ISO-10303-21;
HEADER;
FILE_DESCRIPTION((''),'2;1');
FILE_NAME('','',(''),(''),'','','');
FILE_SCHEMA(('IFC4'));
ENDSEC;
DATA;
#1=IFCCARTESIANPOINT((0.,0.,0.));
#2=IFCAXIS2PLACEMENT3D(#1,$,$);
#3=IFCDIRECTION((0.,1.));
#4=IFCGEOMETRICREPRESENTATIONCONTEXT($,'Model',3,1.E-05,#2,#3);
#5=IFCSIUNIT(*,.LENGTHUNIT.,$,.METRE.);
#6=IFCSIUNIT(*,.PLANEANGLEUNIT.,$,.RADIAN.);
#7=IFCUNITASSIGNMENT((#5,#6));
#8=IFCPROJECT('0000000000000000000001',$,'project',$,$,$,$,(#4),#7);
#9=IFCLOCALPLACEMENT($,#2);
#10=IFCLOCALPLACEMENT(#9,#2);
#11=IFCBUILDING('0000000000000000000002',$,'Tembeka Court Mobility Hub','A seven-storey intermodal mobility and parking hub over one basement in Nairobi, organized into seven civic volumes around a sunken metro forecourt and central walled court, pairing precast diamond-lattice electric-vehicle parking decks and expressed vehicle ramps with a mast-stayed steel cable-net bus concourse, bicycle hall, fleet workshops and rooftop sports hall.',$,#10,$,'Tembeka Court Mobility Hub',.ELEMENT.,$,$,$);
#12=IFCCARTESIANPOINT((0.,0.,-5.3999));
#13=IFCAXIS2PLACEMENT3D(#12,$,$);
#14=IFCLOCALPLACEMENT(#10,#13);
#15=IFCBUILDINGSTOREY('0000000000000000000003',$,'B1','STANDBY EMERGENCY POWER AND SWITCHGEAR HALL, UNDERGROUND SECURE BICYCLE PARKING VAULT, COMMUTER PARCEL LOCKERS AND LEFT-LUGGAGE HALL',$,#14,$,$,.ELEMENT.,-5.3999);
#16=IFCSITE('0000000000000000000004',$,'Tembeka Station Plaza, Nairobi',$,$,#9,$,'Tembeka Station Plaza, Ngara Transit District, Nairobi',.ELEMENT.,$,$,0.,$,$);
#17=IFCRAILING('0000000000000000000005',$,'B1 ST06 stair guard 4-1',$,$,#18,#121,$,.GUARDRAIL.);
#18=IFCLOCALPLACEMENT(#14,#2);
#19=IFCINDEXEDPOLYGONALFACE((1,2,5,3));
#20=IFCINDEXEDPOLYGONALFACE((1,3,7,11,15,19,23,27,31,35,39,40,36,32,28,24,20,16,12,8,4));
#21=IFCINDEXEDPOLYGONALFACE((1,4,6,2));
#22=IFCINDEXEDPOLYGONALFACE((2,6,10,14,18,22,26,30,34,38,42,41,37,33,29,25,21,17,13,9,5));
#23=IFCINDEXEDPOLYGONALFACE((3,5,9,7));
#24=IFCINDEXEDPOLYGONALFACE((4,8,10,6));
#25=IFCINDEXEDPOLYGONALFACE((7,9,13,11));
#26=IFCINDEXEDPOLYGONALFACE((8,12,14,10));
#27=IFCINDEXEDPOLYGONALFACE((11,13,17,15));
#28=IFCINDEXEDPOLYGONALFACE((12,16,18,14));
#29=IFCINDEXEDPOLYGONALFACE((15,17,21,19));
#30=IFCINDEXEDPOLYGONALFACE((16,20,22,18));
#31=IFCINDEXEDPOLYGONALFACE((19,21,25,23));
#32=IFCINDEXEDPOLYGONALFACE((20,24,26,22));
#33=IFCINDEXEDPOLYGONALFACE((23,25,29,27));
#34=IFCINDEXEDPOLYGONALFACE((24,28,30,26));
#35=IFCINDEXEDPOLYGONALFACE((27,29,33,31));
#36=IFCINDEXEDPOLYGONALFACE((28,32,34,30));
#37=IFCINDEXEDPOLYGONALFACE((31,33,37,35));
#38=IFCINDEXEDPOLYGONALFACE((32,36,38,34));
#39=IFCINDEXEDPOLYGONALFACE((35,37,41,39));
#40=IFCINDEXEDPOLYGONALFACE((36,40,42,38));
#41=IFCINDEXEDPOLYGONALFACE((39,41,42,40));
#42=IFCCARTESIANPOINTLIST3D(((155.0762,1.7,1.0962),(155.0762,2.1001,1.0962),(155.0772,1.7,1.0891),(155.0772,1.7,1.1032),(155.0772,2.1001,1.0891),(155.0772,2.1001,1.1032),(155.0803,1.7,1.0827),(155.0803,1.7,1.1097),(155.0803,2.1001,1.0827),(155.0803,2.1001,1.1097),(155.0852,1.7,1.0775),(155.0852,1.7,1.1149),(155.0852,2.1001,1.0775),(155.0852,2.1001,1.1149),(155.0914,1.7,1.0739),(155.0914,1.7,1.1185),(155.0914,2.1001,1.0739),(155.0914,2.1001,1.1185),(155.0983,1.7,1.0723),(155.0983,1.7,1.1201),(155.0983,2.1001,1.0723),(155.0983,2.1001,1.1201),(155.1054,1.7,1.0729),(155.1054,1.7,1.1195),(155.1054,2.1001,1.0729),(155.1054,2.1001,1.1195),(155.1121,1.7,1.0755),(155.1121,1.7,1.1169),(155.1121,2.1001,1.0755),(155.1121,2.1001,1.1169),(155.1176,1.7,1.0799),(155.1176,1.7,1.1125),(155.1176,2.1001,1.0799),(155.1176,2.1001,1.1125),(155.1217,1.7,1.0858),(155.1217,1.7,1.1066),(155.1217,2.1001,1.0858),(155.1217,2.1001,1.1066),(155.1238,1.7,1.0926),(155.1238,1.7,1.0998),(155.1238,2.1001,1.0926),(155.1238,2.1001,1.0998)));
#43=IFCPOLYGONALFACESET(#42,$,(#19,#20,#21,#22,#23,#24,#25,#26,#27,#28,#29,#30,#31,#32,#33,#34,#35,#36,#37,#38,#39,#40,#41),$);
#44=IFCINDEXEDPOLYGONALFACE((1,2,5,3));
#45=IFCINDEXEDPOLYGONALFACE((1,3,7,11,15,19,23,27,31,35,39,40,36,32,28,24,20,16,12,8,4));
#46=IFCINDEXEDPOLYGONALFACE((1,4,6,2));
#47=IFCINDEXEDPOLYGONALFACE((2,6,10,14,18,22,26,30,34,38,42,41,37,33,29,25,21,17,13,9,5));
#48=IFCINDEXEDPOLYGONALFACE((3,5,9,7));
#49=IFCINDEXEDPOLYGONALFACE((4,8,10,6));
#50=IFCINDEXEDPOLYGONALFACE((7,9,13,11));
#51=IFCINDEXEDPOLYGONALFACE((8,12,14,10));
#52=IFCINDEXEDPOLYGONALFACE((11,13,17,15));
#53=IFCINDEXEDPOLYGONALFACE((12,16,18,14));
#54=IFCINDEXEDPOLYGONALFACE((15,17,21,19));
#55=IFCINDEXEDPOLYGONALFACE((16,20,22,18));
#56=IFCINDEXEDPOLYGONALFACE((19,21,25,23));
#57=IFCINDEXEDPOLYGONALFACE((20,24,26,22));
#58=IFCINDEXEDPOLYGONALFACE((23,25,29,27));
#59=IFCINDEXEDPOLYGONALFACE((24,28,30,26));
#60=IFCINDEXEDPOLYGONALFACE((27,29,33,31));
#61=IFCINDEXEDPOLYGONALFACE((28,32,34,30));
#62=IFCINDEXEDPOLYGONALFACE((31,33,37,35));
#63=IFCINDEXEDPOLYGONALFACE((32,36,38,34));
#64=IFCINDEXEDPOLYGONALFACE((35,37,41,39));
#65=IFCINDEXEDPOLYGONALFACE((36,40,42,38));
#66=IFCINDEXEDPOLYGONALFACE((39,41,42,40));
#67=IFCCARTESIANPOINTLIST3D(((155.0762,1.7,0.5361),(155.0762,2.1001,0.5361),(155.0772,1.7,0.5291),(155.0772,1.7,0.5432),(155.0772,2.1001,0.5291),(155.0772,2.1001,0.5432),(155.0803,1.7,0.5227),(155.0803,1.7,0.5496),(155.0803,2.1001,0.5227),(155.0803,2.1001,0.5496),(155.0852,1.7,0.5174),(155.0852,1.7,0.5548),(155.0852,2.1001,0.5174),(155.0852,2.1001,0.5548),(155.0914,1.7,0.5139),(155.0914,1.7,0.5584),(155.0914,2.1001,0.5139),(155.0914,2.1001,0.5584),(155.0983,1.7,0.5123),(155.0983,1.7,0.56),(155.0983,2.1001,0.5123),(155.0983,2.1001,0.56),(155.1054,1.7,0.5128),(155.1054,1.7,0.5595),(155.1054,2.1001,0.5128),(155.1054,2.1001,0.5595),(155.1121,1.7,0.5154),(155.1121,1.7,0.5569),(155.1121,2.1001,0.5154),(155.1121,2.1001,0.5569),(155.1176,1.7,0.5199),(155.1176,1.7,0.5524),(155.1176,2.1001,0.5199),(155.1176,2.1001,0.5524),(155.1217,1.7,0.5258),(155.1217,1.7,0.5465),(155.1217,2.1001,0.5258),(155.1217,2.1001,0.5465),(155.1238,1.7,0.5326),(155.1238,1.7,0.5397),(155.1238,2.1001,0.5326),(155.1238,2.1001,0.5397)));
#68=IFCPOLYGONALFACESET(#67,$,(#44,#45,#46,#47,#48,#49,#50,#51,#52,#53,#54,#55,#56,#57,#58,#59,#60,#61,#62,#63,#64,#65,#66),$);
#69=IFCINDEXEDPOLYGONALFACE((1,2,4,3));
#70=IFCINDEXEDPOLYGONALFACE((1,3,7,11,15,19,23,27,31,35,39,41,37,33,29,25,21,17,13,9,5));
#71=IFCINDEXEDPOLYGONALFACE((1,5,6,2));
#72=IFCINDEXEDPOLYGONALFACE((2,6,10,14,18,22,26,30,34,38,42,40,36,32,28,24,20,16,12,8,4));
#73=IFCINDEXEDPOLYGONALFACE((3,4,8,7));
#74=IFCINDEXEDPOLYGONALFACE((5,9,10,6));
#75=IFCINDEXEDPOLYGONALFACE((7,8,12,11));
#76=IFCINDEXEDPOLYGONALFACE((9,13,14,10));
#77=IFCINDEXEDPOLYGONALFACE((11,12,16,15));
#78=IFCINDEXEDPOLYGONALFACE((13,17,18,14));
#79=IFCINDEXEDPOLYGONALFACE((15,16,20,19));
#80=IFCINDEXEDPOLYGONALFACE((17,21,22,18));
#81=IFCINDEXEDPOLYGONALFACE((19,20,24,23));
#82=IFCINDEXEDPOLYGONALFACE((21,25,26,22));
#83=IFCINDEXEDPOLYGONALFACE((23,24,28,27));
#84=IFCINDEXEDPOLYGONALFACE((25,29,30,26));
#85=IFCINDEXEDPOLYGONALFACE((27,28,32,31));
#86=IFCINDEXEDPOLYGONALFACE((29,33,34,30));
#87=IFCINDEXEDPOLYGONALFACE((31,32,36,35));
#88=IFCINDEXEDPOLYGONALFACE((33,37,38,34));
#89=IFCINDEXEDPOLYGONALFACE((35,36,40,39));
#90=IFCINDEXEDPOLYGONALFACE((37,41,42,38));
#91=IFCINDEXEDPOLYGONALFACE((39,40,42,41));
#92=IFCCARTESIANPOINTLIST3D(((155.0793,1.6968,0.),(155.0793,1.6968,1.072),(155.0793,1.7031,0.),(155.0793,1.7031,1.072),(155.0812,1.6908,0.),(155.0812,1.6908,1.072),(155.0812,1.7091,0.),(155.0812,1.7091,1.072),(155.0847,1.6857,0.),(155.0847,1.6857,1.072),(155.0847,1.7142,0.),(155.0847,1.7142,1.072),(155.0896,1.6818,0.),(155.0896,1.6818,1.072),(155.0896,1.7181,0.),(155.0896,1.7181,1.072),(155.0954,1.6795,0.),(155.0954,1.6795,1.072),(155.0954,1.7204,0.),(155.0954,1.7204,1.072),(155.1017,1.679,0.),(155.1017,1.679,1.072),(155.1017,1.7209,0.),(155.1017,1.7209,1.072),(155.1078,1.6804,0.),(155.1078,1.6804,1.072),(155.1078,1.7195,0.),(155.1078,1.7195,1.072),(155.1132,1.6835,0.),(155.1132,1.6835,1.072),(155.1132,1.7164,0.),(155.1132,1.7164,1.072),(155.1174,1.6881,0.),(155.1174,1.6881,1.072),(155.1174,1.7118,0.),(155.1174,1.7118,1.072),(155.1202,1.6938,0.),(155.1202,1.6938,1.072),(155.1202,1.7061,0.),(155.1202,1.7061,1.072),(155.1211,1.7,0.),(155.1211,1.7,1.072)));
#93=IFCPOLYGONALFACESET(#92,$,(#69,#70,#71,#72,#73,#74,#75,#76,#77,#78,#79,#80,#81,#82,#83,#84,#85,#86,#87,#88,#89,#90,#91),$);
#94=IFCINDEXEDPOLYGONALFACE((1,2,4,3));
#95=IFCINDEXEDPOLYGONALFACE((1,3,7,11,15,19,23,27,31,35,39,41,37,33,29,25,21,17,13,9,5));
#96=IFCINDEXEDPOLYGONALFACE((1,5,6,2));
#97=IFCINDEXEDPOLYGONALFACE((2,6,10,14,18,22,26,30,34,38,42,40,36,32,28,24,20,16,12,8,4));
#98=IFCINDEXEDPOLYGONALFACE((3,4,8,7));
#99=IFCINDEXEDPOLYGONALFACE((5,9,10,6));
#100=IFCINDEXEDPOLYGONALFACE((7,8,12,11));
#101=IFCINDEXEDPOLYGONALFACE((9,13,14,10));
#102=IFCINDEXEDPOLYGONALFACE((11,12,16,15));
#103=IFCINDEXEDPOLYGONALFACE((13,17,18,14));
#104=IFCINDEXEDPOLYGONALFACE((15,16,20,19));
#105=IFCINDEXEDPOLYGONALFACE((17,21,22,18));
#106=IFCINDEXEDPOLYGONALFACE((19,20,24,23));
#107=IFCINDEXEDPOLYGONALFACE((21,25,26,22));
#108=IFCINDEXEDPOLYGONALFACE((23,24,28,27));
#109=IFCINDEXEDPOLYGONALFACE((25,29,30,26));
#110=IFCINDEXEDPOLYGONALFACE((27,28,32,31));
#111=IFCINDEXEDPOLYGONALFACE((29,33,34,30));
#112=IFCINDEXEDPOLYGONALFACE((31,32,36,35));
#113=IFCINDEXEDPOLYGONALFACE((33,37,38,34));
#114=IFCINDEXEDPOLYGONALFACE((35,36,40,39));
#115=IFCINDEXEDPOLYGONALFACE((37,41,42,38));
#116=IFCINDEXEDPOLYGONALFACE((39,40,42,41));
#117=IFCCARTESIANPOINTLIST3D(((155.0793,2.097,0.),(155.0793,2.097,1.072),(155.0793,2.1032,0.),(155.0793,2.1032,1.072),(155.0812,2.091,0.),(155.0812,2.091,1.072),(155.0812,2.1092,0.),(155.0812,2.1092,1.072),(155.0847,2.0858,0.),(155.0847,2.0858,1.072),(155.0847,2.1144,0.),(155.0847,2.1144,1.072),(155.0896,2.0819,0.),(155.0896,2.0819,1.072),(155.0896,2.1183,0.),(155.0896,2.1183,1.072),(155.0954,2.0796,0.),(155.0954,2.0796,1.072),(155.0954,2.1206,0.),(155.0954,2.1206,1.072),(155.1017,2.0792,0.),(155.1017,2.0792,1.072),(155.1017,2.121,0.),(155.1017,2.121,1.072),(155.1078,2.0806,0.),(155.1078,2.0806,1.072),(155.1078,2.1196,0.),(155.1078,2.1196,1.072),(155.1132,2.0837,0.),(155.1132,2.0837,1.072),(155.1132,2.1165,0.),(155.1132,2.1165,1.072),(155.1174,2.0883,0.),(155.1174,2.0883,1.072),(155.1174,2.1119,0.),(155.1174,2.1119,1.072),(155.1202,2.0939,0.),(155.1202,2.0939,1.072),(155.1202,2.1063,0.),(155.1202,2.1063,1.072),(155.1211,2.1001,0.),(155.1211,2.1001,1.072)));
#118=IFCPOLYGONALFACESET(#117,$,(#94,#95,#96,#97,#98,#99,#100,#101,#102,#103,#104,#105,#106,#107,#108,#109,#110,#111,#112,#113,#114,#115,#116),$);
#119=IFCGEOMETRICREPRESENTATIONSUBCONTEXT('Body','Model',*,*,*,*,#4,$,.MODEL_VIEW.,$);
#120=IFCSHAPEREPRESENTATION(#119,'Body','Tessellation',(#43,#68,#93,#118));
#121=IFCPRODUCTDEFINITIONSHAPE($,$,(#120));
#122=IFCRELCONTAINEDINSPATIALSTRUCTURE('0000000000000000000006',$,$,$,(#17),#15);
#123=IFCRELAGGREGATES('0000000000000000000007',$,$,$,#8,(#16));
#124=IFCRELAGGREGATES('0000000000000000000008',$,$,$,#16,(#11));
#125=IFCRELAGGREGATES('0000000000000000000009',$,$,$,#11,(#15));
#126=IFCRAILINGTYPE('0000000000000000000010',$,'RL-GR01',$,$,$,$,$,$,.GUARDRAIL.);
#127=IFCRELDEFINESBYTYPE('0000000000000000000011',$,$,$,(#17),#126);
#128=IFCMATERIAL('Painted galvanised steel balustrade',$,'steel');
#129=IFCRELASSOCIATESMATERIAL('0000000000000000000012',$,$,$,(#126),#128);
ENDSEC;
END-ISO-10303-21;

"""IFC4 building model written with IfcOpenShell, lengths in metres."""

from ifc_helpers import new_model, si_unit, direction, frame, origin, origin_2d, place, context, subcontext, project, spatial, circle, extrude, material, type_object, element, save


model = new_model("IFC4")

# Units and contexts
model_context = context("Model", 3, precision=1e-05, world=origin(), true_north=direction((0.0, 1.0)))
body_context = subcontext(model_context, "Body", "Model", "MODEL_VIEW")
ifc_project = project(units=[si_unit("LENGTHUNIT", "METRE"), si_unit("PLANEANGLEUNIT", "RADIAN")], contexts=[model_context])

# Site, building, storey
site_placement = place(None, origin())
site = spatial("IfcSite", under=ifc_project, at=site_placement, Name="Tembeka Station Plaza, Nairobi", LongName="Tembeka Station Plaza, Ngara Transit District, Nairobi", CompositionType="ELEMENT", RefElevation=0.0)
building_placement = place(site_placement, origin())
building = spatial("IfcBuilding", under=site, at=building_placement, Name="Tembeka Court Mobility Hub", Description="A seven-storey intermodal mobility and parking hub over one basement in Nairobi, organized into seven civic volumes around a sunken metro forecourt and central walled court, pairing precast diamond-lattice electric-vehicle parking decks and expressed vehicle ramps with a mast-stayed steel cable-net bus concourse, bicycle hall, fleet workshops and rooftop sports hall.", LongName="Tembeka Court Mobility Hub", CompositionType="ELEMENT")
storey_placement = place(building_placement, frame((0.0, 0.0, -5.3999)))
storey = spatial("IfcBuildingStorey", under=building, at=storey_placement, Name="B1", Description="STANDBY EMERGENCY POWER AND SWITCHGEAR HALL, UNDERGROUND SECURE BICYCLE PARKING VAULT, COMMUTER PARCEL LOCKERS AND LEFT-LUGGAGE HALL", CompositionType="ELEMENT", Elevation=-5.3999)

# Railing
ifc_material_1 = material(Name="Painted galvanised steel balustrade", Category="steel")
railing_type_1 = type_object("IfcRailingType", Name="RL-GR01", PredefinedType="GUARDRAIL", material=ifc_material_1)
railing_1_placement = place(storey_placement, frame((155.1001, 1.7, 0.0)))
element("IfcRailing", 1, at=railing_1_placement, inside=storey, type_object=railing_type_1, Name="B1 ST06 stair guard 4-1", PredefinedType="GUARDRAIL", context=body_context, shape_type="SweptSolid", body=[
    extrude(circle(Radius=0.0239, at=origin_2d()), frame((0.0, 0.0, 1.0962), z_axis=(0.0, 1.0, 0.0), x_axis=(-1.0, 0.0, 0.0)), (0.0, 0.0, 1.0), 0.4001),
    extrude(circle(Radius=0.0239, at=origin_2d()), frame((0.0, 0.0, 0.5361), z_axis=(0.0, 1.0, 0.0), x_axis=(-1.0, 0.0, 0.0)), (0.0, 0.0, 1.0), 0.4001),
    extrude(circle(Radius=0.021, at=origin_2d()), origin(), (0.0, 0.0, 1.0), 1.072),
    extrude(circle(Radius=0.021, at=origin_2d()), frame((0.0, 0.4001, 0.0)), (0.0, 0.0, 1.0), 1.072),
])

save(model, "model.ifc")
